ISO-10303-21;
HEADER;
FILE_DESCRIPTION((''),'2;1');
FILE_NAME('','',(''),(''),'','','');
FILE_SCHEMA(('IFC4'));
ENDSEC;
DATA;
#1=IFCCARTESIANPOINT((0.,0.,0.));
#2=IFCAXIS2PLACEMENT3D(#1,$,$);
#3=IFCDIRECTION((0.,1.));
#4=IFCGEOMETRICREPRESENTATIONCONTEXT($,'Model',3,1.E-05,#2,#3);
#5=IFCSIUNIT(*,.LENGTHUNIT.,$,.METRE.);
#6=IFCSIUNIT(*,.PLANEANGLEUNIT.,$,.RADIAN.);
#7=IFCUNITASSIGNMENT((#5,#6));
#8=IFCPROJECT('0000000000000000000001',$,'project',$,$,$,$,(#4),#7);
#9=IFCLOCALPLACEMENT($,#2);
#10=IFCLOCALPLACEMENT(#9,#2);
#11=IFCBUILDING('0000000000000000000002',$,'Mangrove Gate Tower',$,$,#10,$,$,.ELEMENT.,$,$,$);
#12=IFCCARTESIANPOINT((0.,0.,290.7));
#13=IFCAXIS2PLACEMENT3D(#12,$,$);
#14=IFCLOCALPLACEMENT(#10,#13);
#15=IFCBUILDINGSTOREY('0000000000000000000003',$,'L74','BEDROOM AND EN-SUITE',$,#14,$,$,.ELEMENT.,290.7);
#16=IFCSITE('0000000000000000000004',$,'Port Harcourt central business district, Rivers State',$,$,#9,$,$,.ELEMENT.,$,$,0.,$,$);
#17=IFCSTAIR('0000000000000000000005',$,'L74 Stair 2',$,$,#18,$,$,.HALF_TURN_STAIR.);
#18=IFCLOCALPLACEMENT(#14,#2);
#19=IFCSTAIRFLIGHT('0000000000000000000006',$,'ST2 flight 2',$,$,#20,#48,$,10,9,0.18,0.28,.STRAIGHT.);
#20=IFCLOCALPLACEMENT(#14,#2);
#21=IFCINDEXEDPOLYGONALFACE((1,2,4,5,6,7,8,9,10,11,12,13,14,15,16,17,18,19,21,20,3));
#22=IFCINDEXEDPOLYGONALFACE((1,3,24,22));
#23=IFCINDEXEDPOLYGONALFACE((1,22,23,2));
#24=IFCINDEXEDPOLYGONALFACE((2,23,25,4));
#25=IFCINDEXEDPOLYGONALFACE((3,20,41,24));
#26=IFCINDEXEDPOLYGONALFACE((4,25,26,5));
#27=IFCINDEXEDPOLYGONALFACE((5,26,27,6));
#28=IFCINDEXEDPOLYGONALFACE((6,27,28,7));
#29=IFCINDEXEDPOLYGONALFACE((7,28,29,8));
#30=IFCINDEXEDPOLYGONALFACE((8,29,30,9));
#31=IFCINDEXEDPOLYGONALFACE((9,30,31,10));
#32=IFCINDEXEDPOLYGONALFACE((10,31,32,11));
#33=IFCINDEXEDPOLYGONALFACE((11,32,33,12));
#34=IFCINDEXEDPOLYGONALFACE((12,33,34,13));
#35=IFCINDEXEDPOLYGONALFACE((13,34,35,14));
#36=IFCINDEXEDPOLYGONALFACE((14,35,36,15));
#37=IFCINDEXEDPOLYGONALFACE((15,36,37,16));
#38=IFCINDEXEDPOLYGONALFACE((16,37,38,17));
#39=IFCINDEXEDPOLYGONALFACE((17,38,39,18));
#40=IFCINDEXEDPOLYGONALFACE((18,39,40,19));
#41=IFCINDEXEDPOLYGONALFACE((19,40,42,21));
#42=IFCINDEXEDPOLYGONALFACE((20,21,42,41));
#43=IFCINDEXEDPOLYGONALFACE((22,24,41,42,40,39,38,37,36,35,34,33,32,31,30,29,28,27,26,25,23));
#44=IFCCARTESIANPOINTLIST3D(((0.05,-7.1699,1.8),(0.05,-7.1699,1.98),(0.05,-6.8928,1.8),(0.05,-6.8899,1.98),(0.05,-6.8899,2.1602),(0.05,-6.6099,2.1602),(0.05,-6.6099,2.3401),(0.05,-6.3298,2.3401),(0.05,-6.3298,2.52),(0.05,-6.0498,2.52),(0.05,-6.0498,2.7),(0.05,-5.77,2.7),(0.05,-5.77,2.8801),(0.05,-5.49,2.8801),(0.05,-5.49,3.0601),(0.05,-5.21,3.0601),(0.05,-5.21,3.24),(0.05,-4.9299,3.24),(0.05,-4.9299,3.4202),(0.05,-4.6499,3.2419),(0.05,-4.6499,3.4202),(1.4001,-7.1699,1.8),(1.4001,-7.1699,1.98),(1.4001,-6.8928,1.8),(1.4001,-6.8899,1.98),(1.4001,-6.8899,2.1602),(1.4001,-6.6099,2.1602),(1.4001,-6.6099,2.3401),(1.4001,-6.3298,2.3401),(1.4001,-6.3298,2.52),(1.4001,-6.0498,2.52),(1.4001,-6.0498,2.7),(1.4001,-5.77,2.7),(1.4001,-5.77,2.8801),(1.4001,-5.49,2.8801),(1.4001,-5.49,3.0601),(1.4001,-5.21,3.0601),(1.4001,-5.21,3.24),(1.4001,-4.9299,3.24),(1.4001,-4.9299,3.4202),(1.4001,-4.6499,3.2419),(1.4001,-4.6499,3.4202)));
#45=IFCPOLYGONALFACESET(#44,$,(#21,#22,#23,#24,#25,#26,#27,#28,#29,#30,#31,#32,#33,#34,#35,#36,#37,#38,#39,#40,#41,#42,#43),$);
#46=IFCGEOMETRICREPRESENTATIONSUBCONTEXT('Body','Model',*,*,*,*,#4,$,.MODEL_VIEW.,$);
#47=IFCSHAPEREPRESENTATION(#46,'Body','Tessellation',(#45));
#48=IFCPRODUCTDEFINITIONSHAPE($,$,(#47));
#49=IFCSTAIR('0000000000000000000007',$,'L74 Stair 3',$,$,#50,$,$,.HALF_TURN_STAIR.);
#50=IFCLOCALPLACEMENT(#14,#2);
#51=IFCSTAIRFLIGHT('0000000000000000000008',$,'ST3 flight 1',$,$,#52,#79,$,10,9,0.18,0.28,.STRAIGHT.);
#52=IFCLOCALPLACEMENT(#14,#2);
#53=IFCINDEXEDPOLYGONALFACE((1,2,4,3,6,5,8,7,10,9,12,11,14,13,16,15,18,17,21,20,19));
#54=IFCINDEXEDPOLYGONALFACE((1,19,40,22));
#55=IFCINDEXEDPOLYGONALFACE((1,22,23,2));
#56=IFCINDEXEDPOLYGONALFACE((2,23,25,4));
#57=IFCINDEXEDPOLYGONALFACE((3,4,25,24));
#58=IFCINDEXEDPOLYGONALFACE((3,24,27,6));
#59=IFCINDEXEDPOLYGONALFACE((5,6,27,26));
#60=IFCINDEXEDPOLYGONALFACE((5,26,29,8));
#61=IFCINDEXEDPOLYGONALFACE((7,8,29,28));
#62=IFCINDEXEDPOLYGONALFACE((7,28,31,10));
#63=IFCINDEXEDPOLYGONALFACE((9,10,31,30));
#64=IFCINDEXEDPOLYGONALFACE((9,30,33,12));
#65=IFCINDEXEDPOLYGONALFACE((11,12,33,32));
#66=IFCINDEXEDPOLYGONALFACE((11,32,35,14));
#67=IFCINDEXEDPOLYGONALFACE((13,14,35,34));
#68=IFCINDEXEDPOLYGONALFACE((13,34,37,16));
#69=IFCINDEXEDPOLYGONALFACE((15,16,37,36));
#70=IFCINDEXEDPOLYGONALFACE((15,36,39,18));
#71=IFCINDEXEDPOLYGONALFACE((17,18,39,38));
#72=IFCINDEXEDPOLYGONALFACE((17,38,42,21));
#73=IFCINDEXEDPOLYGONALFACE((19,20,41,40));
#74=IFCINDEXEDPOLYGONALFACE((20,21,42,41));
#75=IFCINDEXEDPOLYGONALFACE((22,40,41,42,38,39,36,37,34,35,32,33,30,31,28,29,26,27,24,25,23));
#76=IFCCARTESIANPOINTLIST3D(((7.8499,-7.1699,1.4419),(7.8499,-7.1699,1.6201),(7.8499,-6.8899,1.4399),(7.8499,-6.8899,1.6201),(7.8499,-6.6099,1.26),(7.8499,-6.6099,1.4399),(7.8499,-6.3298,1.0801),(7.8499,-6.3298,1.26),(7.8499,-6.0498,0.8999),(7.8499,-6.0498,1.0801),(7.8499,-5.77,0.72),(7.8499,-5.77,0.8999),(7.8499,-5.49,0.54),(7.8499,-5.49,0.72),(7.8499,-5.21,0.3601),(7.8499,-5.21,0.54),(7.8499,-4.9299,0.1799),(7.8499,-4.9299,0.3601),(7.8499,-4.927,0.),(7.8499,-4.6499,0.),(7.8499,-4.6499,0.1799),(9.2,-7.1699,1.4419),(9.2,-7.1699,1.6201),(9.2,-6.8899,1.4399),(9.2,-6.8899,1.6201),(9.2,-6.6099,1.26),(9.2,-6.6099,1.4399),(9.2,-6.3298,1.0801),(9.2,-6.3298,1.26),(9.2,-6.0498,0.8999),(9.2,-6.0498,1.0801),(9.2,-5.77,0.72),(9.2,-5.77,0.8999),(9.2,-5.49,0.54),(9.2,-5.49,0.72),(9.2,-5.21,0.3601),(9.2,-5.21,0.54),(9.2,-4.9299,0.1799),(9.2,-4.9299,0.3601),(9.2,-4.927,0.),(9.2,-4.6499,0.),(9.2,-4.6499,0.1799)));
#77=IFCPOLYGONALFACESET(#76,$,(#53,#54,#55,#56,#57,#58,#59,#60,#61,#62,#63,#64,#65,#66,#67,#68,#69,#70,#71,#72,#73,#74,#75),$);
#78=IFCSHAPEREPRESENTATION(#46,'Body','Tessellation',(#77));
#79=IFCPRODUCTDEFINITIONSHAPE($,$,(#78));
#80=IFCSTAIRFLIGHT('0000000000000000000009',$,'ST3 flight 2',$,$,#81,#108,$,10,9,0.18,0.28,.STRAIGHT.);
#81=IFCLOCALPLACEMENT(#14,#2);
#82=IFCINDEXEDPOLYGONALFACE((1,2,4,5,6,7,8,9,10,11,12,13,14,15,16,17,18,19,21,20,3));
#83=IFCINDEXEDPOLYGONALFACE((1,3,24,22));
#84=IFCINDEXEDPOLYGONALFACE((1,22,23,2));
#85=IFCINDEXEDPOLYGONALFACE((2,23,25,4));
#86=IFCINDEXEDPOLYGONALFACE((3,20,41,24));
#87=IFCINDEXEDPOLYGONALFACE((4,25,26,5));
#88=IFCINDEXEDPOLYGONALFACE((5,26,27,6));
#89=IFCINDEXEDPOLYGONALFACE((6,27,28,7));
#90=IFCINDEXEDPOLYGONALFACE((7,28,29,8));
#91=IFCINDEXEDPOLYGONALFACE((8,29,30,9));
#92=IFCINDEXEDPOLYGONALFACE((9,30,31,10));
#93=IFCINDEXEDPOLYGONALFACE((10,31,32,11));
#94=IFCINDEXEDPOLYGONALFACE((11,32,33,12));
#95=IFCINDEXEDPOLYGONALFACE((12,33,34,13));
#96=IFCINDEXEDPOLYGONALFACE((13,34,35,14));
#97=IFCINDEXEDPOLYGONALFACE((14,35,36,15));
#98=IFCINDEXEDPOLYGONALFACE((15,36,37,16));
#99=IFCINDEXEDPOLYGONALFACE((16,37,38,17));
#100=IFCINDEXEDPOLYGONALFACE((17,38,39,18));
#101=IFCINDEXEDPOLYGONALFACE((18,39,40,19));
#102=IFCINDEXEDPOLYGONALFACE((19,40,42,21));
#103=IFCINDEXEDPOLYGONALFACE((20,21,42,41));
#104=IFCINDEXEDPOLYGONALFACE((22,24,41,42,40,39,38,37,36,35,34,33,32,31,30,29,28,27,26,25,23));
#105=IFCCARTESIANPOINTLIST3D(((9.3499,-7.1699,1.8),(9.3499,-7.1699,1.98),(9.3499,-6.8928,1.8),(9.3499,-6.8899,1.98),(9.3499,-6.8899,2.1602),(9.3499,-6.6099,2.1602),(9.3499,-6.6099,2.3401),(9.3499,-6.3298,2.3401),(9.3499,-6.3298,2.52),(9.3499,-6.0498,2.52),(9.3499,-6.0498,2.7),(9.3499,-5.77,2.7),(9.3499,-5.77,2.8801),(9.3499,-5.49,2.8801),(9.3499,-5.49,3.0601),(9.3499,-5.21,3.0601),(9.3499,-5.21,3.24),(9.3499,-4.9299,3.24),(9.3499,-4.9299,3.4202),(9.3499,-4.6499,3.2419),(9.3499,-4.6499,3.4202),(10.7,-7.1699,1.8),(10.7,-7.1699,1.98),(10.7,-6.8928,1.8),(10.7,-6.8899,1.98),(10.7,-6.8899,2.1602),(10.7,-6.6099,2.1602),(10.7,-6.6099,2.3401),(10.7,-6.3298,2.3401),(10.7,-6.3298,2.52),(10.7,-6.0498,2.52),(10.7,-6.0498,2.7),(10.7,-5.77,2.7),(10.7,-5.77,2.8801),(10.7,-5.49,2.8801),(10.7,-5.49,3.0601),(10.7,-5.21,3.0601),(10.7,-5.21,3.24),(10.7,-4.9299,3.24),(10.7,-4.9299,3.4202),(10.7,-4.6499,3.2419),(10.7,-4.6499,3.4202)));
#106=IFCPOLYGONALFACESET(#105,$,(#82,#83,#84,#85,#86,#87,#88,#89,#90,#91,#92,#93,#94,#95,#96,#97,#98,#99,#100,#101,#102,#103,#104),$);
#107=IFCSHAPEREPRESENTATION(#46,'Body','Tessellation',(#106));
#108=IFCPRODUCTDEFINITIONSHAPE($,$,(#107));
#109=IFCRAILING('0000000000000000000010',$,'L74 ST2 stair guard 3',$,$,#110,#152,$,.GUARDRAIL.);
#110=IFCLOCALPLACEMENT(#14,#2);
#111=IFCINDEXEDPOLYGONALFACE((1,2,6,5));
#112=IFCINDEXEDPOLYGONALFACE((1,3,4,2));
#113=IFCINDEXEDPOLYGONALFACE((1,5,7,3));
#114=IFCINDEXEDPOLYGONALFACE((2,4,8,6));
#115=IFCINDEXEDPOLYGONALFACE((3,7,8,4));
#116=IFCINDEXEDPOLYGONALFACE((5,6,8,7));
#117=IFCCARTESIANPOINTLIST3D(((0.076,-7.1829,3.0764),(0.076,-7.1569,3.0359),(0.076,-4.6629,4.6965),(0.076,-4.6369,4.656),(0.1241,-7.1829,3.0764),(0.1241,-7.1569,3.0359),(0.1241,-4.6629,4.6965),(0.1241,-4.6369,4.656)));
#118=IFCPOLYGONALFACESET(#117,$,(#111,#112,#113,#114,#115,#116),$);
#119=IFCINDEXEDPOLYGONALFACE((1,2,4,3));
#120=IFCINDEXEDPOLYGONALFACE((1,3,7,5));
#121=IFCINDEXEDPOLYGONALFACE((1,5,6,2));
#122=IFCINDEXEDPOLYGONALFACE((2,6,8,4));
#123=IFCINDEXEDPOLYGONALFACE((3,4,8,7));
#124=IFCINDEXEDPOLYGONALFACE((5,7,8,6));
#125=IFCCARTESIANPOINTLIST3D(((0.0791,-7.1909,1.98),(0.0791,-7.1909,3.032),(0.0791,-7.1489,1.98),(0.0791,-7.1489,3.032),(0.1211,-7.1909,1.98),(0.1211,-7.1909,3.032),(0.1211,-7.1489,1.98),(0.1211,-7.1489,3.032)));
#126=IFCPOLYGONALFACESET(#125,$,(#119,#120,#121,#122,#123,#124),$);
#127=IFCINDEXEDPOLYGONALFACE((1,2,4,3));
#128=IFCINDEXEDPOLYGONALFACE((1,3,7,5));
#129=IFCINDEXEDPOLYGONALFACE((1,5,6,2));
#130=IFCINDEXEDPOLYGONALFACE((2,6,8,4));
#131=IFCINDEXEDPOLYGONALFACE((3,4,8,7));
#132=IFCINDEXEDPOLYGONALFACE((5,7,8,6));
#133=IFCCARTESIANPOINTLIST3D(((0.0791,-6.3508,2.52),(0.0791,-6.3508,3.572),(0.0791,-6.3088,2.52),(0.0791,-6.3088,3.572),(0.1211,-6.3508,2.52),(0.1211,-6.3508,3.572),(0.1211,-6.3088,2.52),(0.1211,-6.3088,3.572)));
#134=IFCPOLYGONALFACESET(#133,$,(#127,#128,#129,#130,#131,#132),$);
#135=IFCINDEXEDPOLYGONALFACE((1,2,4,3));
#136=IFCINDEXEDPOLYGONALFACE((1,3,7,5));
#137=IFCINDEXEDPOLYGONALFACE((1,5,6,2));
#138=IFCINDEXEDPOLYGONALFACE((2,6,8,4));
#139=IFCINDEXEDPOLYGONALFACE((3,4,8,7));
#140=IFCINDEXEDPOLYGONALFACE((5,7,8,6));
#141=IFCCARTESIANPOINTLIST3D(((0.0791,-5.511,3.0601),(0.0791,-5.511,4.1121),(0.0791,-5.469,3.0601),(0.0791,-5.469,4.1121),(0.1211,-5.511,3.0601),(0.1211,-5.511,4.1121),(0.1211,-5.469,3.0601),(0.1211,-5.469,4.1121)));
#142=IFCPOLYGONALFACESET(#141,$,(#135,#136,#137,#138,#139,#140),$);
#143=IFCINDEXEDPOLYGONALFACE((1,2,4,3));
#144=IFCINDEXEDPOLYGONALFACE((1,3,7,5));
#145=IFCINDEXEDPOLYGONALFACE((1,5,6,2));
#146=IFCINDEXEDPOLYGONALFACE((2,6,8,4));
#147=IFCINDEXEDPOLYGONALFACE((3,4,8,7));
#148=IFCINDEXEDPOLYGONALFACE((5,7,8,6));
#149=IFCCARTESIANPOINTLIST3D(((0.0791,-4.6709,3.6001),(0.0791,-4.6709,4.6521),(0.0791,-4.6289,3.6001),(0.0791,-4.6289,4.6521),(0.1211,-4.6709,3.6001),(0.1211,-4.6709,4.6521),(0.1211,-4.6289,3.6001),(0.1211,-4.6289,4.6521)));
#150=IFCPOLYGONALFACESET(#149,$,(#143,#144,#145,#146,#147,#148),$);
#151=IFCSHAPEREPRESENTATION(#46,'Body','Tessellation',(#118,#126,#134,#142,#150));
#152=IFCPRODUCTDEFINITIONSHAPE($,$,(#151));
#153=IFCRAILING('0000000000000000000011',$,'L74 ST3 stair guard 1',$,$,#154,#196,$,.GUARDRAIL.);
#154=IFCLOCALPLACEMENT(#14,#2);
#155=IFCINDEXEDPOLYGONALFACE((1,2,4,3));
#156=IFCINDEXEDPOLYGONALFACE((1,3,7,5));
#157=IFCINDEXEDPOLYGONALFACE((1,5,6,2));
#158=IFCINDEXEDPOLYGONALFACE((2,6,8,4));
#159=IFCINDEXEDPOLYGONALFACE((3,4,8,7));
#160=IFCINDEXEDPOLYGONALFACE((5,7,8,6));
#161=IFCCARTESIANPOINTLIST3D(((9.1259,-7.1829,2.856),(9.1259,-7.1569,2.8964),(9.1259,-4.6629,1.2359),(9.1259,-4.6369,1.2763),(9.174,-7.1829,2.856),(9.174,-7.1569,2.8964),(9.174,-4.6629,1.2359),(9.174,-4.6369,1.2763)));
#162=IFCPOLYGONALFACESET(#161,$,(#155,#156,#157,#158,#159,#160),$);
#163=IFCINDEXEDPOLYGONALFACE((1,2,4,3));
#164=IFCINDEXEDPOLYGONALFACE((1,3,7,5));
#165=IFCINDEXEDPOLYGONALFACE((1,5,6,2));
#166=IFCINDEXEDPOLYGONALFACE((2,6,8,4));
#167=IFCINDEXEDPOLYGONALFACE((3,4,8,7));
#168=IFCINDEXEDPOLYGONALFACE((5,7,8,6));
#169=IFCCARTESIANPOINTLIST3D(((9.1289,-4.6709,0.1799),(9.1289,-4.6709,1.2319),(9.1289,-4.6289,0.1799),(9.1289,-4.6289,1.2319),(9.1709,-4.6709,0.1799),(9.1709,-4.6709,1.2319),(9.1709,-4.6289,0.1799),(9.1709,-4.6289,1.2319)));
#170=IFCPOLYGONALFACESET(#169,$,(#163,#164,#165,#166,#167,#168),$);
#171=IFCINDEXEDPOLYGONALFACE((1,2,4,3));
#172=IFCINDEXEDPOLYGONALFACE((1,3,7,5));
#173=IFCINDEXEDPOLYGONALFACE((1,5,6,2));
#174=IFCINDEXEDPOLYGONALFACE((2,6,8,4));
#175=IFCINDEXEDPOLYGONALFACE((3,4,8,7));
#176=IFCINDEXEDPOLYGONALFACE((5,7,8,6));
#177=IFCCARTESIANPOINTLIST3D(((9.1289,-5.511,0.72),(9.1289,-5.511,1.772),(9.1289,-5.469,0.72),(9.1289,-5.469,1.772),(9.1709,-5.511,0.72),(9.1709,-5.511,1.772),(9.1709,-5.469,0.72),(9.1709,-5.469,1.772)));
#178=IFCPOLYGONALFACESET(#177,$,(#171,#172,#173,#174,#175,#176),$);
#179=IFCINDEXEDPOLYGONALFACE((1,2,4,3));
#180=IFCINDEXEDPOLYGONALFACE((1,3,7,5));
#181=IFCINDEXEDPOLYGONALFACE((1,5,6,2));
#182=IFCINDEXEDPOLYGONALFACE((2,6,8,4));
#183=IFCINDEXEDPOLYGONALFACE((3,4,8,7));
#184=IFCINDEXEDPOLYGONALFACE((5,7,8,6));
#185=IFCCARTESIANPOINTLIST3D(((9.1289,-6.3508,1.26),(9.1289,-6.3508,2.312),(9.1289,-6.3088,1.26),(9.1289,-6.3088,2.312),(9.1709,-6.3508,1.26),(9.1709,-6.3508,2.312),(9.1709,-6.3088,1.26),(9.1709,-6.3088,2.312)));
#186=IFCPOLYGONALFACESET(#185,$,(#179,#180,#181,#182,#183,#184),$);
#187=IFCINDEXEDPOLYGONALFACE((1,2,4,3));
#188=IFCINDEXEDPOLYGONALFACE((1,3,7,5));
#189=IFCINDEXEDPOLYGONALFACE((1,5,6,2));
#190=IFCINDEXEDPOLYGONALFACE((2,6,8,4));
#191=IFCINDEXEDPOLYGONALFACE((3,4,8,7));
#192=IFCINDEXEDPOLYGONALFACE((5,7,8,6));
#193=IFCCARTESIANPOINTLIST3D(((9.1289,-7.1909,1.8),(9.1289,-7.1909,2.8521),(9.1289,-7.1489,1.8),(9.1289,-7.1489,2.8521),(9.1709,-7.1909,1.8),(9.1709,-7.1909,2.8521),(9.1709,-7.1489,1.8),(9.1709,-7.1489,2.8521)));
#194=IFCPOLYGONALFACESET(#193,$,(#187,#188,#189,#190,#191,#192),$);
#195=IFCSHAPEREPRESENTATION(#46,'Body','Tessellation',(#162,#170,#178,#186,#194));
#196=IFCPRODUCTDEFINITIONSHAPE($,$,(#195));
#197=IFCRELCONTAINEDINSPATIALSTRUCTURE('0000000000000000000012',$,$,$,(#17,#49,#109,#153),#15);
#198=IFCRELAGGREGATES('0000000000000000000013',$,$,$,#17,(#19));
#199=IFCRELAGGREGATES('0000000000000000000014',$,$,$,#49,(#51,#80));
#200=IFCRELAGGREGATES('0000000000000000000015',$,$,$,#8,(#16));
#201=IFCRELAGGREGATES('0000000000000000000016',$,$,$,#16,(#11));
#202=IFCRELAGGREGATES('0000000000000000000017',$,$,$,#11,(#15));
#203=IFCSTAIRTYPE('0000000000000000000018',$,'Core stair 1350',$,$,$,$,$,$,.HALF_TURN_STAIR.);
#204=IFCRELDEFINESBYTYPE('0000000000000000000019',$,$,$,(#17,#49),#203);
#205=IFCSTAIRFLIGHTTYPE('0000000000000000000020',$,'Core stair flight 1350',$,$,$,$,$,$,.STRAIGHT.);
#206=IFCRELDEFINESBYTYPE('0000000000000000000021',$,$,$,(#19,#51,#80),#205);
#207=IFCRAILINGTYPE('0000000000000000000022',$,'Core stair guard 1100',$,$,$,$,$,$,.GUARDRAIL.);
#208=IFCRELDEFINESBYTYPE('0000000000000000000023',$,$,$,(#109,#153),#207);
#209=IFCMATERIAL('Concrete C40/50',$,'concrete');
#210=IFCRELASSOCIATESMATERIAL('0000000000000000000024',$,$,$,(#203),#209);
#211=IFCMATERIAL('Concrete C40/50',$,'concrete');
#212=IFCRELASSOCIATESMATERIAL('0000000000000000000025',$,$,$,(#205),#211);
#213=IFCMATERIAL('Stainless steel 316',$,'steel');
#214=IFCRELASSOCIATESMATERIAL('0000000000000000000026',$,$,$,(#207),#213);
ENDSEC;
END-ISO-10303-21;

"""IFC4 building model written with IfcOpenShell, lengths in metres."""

from ifc_helpers import new_model, si_unit, direction, frame, origin, origin_2d, place, context, subcontext, project, spatial, polyline, rectangle, outline, extrude, material, type_object, element, aggregate, save


model = new_model("IFC4")

# Units and contexts
model_context = context("Model", 3, precision=1e-05, world=origin(), true_north=direction((0.0, 1.0)))
body_context = subcontext(model_context, "Body", "Model", "MODEL_VIEW")
ifc_project = project(units=[si_unit("LENGTHUNIT", "METRE"), si_unit("PLANEANGLEUNIT", "RADIAN")], contexts=[model_context])

# Site, building, storey
site_placement = place(None, origin())
site = spatial("IfcSite", under=ifc_project, at=site_placement, Name="Port Harcourt central business district, Rivers State", CompositionType="ELEMENT", RefElevation=0.0)
building_placement = place(site_placement, origin())
building = spatial("IfcBuilding", under=site, at=building_placement, Name="Mangrove Gate Tower", CompositionType="ELEMENT")
storey_placement = place(building_placement, frame((0.0, 0.0, 290.7)))
storey = spatial("IfcBuildingStorey", under=building, at=storey_placement, Name="L74", Description="BEDROOM AND EN-SUITE", CompositionType="ELEMENT", Elevation=290.7)

# Stair, stair flight
ifc_material_1 = material(Name="Concrete C40/50", Category="concrete")
stair_type = type_object("IfcStairType", Name="Core stair 1350", PredefinedType="HALF_TURN_STAIR", material=ifc_material_1)
stair_1_placement = place(storey_placement, origin())
stair_1 = element("IfcStair", 1, at=stair_1_placement, inside=storey, type_object=stair_type, Name="L74 Stair 2", PredefinedType="HALF_TURN_STAIR")
ifc_material_2 = material(Name="Concrete C40/50", Category="concrete")
stair_flight_type = type_object("IfcStairFlightType", Name="Core stair flight 1350", PredefinedType="STRAIGHT", material=ifc_material_2)
stair_flight_1_placement = place(storey_placement, frame((0.7251, -7.1699, 1.8), z_axis=(0.0, 0.0, 1.0), x_axis=(0.0, 1.0, 0.0)))
stair_flight_1 = element("IfcStairFlight", 2, at=stair_flight_1_placement, type_object=stair_flight_type, Name="ST2 flight 2", NumberOfRisers=10, NumberOfTreads=9, PredefinedType="STRAIGHT", RiserHeight=0.18, TreadLength=0.28, context=body_context, shape_type="SweptSolid", body=[
    extrude(outline(polyline([(0.0, 0.0), (0.0, 0.1799), (0.28, 0.1799), (0.28, 0.3601), (0.5601, 0.3601), (0.5601, 0.54), (0.8401, 0.54), (0.8401, 0.72), (1.1201, 0.72), (1.1201, 0.8999), (1.3999, 0.8999), (1.3999, 1.0801), (1.6799, 1.0801), (1.6799, 1.26), (1.96, 1.26), (1.96, 1.4399), (2.24, 1.4399), (2.24, 1.6201), (2.52, 1.6201), (2.52, 1.8), (2.52, 1.4419), (0.2771, 0.0), (0.0, 0.0)])), frame((0.0, 0.675, 0.0), z_axis=(0.0, -1.0, 0.0), x_axis=(1.0, 0.0, 0.0)), (0.0, 0.0, 1.0), 1.3501),
])
aggregate(stair_1, [stair_flight_1])

# Stair, stair flights
stair_2_placement = place(storey_placement, origin())
stair_2 = element("IfcStair", 3, at=stair_2_placement, inside=storey, type_object=stair_type, Name="L74 Stair 3", PredefinedType="HALF_TURN_STAIR")
stair_flight_2_placement = place(storey_placement, frame((8.5249, -4.6499, 0.0), z_axis=(0.0, 0.0, 1.0), x_axis=(0.0, -1.0, 0.0)))
stair_flight_2 = element("IfcStairFlight", 4, at=stair_flight_2_placement, type_object=stair_flight_type, Name="ST3 flight 1", NumberOfRisers=10, NumberOfTreads=9, PredefinedType="STRAIGHT", RiserHeight=0.18, TreadLength=0.28, context=body_context, shape_type="SweptSolid", body=[
    extrude(outline(polyline([(0.0, 0.0), (0.0, 0.1799), (0.28, 0.1799), (0.28, 0.3601), (0.5601, 0.3601), (0.5601, 0.54), (0.8401, 0.54), (0.8401, 0.72), (1.1201, 0.72), (1.1201, 0.8999), (1.3999, 0.8999), (1.3999, 1.0801), (1.6799, 1.0801), (1.6799, 1.26), (1.96, 1.26), (1.96, 1.4399), (2.24, 1.4399), (2.24, 1.6201), (2.52, 1.6201), (2.52, 1.8), (2.52, 1.4419), (0.2771, 0.0), (0.0, 0.0)])), frame((0.0, 0.675, 0.0), z_axis=(0.0, -1.0, 0.0), x_axis=(1.0, 0.0, 0.0)), (0.0, 0.0, 1.0), 1.3501),
])
stair_flight_3_placement = place(storey_placement, frame((10.0249, -7.1699, 1.8), z_axis=(0.0, 0.0, 1.0), x_axis=(0.0, 1.0, 0.0)))
stair_flight_3 = element("IfcStairFlight", 5, at=stair_flight_3_placement, type_object=stair_flight_type, Name="ST3 flight 2", NumberOfRisers=10, NumberOfTreads=9, PredefinedType="STRAIGHT", RiserHeight=0.18, TreadLength=0.28, context=body_context, shape_type="SweptSolid", body=[
    extrude(outline(polyline([(0.0, 0.0), (0.0, 0.1799), (0.28, 0.1799), (0.28, 0.3601), (0.5601, 0.3601), (0.5601, 0.54), (0.8401, 0.54), (0.8401, 0.72), (1.1201, 0.72), (1.1201, 0.8999), (1.3999, 0.8999), (1.3999, 1.0801), (1.6799, 1.0801), (1.6799, 1.26), (1.96, 1.26), (1.96, 1.4399), (2.24, 1.4399), (2.24, 1.6201), (2.52, 1.6201), (2.52, 1.8), (2.52, 1.4419), (0.2771, 0.0), (0.0, 0.0)])), frame((0.0, 0.675, 0.0), z_axis=(0.0, -1.0, 0.0), x_axis=(1.0, 0.0, 0.0)), (0.0, 0.0, 1.0), 1.3501),
])
aggregate(stair_2, [stair_flight_2, stair_flight_3])

# Railings
ifc_material_3 = material(Name="Stainless steel 316", Category="steel")
railing_type_1 = type_object("IfcRailingType", Name="Core stair guard 1100", PredefinedType="GUARDRAIL", material=ifc_material_3)
railing_1_placement = place(storey_placement, frame((0.1001, -7.1699, 1.98)))
element("IfcRailing", 6, at=railing_1_placement, inside=storey, type_object=railing_type_1, Name="L74 ST2 stair guard 3", PredefinedType="GUARDRAIL", context=body_context, shape_type="SweptSolid", body=[
    extrude(rectangle(XDim=0.0481, YDim=0.0481, at=origin_2d()), frame((0.0, 0.0, 1.0762), z_axis=(0.0, 0.841163, 0.540782), x_axis=(-1.0, 0.0, 0.0)), (0.0, 0.0, 1.0), 2.9958),
    extrude(rectangle(XDim=0.042, YDim=0.042, at=origin_2d()), origin(), (0.0, 0.0, 1.0), 1.052),
    extrude(rectangle(XDim=0.042, YDim=0.042, at=origin_2d()), frame((0.0, 0.8401, 0.54)), (0.0, 0.0, 1.0), 1.052),
    extrude(rectangle(XDim=0.042, YDim=0.042, at=origin_2d()), frame((0.0, 1.6799, 1.0801)), (0.0, 0.0, 1.0), 1.052),
    extrude(rectangle(XDim=0.042, YDim=0.042, at=origin_2d()), frame((0.0, 2.52, 1.6201)), (0.0, 0.0, 1.0), 1.052),
])
railing_2_placement = place(storey_placement, frame((9.1499, -4.6499, 0.1799)))
element("IfcRailing", 7, at=railing_2_placement, inside=storey, type_object=railing_type_1, Name="L74 ST3 stair guard 1", PredefinedType="GUARDRAIL", context=body_context, shape_type="SweptSolid", body=[
    extrude(rectangle(XDim=0.0481, YDim=0.0481, at=origin_2d()), frame((0.0, 0.0, 1.0762), z_axis=(0.0, -0.841163, 0.540782), x_axis=(1.0, 0.0, 0.0)), (0.0, 0.0, 1.0), 2.9958),
    extrude(rectangle(XDim=0.042, YDim=0.042, at=origin_2d()), origin(), (0.0, 0.0, 1.0), 1.052),
    extrude(rectangle(XDim=0.042, YDim=0.042, at=origin_2d()), frame((0.0, -0.8401, 0.54)), (0.0, 0.0, 1.0), 1.052),
    extrude(rectangle(XDim=0.042, YDim=0.042, at=origin_2d()), frame((0.0, -1.6799, 1.0801)), (0.0, 0.0, 1.0), 1.052),
    extrude(rectangle(XDim=0.042, YDim=0.042, at=origin_2d()), frame((0.0, -2.52, 1.6201)), (0.0, 0.0, 1.0), 1.052),
])

save(model, "model.ifc")
